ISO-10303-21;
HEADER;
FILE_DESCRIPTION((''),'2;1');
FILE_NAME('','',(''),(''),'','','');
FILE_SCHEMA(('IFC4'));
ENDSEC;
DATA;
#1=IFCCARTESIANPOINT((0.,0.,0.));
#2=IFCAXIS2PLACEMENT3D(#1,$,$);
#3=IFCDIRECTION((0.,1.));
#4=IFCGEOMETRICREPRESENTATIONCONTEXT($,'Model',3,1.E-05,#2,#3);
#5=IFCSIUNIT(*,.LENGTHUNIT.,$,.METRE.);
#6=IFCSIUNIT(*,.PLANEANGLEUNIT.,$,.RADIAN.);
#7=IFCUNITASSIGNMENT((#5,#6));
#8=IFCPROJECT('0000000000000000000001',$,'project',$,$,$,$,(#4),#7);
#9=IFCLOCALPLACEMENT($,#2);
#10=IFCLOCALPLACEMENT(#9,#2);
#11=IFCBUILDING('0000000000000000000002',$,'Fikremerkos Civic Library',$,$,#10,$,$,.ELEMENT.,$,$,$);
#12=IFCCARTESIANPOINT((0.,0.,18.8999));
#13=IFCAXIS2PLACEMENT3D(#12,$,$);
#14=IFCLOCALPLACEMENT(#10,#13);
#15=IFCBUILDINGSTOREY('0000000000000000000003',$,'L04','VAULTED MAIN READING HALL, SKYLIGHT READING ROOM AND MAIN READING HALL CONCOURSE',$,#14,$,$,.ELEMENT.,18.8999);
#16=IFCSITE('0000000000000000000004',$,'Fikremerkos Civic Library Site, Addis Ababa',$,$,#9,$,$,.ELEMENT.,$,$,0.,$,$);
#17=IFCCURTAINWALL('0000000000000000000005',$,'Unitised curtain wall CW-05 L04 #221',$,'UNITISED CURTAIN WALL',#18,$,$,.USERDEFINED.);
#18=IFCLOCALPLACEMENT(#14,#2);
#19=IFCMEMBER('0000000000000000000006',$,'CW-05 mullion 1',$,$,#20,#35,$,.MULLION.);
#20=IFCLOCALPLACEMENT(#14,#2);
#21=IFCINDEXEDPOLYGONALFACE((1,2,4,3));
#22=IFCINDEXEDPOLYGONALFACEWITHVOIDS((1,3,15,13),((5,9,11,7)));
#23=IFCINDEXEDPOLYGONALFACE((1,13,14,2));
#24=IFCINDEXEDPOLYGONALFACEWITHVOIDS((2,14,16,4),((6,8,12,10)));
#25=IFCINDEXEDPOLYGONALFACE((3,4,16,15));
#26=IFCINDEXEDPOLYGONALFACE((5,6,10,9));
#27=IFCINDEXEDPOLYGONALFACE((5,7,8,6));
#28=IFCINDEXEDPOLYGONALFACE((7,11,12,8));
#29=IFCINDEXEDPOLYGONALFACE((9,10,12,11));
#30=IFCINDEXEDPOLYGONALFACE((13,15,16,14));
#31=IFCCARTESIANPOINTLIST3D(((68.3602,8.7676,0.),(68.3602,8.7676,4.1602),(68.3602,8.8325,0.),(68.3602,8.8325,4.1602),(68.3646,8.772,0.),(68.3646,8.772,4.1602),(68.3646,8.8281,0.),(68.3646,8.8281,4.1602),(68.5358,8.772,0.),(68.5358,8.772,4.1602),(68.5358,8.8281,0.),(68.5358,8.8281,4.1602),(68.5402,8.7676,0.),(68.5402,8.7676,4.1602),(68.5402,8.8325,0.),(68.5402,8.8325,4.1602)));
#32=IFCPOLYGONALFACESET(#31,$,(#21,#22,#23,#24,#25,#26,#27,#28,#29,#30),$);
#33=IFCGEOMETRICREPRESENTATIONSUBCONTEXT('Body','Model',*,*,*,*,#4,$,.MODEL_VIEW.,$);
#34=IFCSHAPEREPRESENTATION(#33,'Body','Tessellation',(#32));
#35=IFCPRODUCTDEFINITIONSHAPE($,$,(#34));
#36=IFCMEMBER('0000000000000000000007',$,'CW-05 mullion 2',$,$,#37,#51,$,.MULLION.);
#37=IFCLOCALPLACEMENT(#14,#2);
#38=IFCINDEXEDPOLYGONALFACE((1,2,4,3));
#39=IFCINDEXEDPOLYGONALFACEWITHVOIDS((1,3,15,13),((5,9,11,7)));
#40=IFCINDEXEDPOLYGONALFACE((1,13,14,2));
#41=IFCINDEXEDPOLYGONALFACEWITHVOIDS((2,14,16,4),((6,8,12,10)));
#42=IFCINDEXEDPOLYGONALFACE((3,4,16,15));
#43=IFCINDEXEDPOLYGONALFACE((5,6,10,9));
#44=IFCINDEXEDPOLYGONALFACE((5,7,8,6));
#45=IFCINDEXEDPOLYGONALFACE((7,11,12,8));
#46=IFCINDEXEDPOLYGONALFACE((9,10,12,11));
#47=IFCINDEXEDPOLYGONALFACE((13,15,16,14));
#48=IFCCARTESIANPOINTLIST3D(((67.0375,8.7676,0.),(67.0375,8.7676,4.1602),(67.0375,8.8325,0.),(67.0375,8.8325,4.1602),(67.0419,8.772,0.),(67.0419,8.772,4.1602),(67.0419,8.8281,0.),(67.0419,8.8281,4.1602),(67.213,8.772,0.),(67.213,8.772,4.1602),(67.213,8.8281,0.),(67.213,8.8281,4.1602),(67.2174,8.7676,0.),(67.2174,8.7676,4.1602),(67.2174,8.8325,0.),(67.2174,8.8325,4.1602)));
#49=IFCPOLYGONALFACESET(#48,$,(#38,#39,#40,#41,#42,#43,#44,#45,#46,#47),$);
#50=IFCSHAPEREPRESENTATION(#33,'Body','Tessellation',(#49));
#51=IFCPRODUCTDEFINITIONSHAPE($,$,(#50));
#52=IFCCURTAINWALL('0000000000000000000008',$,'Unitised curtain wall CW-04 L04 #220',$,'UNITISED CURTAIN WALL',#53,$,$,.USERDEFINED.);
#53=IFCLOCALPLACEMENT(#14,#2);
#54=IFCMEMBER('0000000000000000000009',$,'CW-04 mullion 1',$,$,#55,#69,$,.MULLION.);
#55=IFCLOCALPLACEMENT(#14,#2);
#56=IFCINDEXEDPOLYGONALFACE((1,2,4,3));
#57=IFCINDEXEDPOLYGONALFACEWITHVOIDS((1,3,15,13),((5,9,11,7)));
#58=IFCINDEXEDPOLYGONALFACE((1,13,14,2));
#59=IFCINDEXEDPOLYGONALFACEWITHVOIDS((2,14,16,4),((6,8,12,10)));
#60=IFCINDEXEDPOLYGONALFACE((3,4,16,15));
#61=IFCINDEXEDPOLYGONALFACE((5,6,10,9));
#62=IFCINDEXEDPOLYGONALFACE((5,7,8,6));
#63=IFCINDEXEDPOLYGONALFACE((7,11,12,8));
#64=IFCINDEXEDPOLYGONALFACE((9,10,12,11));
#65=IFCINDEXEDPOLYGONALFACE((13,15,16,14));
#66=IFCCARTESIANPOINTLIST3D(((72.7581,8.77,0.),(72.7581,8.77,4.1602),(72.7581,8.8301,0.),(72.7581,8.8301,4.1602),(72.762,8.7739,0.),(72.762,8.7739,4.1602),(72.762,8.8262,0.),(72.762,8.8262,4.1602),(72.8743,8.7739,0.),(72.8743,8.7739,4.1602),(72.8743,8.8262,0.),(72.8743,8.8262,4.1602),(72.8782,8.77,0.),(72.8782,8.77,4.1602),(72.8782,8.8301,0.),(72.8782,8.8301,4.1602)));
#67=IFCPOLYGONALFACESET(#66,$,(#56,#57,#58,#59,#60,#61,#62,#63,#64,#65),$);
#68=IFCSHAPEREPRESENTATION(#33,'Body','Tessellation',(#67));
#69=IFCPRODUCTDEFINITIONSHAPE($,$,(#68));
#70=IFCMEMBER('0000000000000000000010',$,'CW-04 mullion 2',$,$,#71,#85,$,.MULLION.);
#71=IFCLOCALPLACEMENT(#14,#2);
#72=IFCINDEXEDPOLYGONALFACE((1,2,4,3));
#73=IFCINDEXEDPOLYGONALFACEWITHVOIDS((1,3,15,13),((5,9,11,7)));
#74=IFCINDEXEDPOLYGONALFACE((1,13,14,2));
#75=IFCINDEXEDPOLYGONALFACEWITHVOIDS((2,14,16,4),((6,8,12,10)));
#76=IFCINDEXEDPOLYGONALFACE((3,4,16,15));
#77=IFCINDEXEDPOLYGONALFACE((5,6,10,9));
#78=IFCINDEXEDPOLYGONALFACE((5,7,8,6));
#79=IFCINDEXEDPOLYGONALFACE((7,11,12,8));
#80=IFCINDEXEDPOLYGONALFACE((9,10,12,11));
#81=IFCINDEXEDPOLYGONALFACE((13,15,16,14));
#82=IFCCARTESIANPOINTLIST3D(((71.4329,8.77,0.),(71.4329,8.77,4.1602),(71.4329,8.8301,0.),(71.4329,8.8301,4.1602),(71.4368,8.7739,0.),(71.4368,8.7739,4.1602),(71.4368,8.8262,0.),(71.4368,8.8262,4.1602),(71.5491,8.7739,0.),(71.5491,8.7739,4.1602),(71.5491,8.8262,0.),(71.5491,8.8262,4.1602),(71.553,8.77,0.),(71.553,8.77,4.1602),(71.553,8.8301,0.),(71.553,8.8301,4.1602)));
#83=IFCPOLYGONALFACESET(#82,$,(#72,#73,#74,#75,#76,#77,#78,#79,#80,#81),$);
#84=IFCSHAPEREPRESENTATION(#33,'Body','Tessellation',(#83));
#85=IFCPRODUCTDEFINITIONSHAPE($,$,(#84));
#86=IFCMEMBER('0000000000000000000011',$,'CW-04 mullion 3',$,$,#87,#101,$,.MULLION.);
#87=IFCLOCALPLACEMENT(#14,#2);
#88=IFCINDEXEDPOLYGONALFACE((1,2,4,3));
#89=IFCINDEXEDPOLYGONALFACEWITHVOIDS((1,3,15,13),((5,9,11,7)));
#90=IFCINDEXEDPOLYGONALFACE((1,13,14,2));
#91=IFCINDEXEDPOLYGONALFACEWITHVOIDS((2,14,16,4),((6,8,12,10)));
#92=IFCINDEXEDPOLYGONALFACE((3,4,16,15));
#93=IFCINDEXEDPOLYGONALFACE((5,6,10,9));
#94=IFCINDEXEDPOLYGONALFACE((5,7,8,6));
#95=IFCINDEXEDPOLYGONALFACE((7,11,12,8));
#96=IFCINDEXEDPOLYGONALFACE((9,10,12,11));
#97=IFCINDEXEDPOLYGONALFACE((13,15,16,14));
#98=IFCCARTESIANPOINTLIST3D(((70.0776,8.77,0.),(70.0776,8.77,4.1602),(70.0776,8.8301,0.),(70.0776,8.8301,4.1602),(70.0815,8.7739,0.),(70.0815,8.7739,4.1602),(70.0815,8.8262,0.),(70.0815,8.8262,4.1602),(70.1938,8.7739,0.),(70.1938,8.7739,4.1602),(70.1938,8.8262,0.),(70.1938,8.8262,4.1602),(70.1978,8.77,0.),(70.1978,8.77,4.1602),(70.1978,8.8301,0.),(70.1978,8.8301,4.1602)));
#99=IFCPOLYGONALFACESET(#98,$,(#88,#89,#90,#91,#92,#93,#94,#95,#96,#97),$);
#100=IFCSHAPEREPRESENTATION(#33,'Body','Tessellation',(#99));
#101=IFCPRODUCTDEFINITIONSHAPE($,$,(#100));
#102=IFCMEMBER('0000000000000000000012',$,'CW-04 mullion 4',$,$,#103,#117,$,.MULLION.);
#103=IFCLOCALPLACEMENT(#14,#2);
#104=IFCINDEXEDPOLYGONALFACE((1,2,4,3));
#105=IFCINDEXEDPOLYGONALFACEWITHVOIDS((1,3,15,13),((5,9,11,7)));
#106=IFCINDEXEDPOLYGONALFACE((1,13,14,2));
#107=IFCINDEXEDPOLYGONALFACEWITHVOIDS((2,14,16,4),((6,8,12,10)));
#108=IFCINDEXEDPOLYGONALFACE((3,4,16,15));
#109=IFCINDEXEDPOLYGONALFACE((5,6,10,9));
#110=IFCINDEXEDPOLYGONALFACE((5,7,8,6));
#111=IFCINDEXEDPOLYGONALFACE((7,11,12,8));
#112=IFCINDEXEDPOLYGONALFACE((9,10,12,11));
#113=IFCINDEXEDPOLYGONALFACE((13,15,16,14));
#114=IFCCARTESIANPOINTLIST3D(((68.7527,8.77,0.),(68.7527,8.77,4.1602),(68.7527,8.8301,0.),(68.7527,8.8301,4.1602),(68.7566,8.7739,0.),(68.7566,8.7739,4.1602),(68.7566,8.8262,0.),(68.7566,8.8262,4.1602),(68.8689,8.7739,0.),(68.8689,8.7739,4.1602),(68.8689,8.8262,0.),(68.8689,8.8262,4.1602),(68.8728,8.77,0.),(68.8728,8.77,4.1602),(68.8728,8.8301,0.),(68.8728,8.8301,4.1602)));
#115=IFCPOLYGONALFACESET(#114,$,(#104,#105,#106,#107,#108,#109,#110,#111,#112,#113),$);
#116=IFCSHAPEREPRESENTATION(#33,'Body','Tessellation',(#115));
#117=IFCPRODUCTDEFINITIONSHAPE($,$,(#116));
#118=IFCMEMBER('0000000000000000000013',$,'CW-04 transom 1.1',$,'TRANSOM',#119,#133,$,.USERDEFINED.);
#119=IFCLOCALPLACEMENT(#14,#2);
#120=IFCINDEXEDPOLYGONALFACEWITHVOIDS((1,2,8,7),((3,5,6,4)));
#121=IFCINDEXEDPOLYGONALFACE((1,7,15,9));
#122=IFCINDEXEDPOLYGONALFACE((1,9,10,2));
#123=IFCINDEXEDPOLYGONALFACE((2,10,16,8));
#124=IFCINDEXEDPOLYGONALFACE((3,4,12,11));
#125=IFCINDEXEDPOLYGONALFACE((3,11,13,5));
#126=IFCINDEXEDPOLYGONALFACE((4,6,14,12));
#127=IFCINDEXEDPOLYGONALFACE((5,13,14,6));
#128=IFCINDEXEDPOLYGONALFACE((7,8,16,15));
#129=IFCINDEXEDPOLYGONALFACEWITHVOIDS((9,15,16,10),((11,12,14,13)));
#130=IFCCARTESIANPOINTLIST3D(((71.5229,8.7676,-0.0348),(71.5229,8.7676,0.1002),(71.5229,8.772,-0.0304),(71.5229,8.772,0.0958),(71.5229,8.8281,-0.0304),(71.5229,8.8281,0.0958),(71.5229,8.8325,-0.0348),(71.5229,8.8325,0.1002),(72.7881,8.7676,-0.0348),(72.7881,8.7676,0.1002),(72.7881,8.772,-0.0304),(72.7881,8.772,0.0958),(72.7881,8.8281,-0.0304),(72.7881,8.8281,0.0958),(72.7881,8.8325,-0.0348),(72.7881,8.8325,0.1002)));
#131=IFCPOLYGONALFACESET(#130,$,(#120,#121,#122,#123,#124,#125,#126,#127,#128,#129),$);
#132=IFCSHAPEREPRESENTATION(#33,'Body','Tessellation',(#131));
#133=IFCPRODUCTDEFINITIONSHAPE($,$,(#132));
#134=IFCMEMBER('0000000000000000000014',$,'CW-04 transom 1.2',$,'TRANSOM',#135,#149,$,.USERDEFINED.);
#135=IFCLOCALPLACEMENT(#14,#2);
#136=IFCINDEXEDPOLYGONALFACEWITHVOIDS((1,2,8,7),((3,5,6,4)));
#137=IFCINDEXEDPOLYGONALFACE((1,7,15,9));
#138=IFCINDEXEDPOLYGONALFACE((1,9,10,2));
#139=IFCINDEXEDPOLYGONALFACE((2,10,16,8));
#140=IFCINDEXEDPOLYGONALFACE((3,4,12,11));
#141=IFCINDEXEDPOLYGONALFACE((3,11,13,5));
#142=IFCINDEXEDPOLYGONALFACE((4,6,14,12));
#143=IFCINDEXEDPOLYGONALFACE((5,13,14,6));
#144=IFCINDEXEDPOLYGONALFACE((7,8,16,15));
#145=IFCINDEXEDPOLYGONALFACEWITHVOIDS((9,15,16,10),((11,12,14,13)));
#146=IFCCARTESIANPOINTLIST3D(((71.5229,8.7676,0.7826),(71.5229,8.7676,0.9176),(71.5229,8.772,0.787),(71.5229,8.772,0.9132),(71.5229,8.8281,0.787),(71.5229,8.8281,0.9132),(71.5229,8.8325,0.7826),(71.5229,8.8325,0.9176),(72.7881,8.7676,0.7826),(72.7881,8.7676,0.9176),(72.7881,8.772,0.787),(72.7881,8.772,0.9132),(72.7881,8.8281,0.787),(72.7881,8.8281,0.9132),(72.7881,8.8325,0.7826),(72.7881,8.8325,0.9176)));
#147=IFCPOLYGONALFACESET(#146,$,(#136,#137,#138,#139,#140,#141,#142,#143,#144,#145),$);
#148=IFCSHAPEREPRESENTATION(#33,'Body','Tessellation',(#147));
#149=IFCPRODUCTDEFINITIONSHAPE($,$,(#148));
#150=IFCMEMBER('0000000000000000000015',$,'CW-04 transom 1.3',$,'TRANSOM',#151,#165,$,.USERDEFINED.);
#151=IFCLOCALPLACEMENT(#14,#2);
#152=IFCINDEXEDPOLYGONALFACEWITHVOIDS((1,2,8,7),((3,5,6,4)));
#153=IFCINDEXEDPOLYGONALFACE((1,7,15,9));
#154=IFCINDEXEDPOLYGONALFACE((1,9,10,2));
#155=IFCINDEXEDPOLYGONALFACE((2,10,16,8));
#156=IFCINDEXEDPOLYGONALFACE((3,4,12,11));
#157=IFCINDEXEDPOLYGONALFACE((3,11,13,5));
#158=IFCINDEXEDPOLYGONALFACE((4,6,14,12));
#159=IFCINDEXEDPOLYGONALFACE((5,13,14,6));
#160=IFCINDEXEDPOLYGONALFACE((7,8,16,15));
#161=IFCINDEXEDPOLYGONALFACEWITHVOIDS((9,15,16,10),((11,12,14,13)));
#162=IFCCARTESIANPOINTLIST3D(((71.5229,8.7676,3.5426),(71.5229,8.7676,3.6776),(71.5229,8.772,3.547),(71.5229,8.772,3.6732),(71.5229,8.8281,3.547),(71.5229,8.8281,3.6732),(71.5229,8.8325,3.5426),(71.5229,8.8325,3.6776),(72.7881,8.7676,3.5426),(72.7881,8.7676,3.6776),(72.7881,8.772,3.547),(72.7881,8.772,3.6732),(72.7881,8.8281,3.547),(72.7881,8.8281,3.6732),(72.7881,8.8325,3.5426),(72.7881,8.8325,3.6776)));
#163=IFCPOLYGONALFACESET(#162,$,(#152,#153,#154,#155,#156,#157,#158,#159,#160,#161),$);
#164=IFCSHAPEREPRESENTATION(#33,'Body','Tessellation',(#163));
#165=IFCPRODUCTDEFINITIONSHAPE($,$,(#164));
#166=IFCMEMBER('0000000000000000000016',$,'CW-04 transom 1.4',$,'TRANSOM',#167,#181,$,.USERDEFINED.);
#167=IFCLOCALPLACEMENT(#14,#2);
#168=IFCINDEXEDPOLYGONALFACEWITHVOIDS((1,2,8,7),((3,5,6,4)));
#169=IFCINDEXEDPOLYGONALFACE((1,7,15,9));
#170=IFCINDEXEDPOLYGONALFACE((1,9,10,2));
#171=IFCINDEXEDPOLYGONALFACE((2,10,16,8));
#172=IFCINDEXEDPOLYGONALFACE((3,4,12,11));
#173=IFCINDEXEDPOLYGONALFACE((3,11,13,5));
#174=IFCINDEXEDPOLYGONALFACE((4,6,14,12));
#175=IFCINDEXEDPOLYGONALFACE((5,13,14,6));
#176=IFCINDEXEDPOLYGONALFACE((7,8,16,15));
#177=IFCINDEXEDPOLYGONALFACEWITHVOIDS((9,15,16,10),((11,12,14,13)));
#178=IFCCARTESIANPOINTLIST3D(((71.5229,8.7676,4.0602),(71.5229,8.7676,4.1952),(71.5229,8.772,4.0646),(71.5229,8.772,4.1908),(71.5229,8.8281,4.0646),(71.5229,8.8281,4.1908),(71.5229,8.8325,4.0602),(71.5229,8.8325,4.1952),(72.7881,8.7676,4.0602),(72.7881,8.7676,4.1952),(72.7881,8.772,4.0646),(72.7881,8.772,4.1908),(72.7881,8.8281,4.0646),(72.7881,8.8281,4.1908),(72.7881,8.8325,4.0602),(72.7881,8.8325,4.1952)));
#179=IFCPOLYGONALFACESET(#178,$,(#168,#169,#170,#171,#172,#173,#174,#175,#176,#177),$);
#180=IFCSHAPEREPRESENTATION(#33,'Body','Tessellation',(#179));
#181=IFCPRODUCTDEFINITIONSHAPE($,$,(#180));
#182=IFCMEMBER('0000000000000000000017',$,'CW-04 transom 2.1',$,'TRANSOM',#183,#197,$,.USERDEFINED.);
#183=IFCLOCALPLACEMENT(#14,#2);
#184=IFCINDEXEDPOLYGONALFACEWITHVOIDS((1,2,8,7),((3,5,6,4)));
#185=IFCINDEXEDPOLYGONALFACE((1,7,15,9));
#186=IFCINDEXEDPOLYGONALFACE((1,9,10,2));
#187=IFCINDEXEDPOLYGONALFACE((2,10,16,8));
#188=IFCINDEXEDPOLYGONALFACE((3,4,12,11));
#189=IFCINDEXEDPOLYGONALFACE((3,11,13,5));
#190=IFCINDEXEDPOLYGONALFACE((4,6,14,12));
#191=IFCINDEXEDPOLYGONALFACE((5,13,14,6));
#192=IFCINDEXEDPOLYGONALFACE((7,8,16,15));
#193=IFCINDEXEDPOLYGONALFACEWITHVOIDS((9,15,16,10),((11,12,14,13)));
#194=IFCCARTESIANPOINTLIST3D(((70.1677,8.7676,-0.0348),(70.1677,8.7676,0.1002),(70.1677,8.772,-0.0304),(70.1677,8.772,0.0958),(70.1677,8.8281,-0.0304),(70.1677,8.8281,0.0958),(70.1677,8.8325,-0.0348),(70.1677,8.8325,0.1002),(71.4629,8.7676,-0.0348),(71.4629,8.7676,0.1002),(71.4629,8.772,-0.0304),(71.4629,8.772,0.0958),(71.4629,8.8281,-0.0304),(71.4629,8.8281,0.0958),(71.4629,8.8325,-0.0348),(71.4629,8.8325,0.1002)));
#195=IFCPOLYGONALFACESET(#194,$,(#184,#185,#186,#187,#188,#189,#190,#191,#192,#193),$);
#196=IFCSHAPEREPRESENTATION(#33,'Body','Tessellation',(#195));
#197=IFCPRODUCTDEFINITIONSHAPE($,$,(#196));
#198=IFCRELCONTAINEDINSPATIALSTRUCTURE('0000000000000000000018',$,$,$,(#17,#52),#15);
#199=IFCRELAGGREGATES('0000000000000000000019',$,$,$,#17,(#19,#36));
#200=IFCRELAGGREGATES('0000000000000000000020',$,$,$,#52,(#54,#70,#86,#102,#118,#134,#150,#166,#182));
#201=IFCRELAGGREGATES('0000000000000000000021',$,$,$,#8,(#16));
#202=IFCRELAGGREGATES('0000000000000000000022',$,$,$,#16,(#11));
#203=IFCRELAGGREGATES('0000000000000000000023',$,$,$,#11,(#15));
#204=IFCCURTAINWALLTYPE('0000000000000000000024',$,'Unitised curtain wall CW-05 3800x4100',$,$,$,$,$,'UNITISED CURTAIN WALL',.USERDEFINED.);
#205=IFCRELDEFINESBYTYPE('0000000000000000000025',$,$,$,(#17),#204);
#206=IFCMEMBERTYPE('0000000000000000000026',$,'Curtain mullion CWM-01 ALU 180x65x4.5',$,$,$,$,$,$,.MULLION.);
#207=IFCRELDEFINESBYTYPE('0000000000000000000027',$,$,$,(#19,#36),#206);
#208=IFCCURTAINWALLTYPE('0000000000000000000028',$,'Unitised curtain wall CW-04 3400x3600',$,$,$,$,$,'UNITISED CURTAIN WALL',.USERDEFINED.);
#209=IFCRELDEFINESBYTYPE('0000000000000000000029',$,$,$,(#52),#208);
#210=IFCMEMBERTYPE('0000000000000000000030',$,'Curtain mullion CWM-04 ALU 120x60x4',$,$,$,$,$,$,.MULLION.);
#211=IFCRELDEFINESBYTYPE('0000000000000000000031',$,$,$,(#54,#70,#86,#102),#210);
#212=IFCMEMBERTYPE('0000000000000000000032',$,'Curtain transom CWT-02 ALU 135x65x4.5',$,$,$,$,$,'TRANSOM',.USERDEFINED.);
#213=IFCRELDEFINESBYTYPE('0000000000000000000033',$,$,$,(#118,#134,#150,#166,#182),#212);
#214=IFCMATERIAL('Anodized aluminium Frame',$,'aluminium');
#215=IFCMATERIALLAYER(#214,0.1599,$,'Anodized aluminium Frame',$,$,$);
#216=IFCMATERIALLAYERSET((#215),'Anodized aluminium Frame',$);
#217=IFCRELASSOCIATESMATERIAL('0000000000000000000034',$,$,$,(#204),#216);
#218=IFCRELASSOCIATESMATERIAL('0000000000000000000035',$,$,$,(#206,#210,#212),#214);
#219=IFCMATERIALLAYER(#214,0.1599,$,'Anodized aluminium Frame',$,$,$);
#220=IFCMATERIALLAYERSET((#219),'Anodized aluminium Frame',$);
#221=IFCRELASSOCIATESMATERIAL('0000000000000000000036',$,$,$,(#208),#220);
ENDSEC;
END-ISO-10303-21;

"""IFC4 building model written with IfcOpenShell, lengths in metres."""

from ifc_helpers import new_model, si_unit, direction, frame, origin, origin_2d, place, context, subcontext, project, spatial, hollow_rectangle, extrude, material, layer, layer_set, material_profile, profile_set, type_object, element, aggregate, save


model = new_model("IFC4")

# Units and contexts
model_context = context("Model", 3, precision=1e-05, world=origin(), true_north=direction((0.0, 1.0)))
body_context = subcontext(model_context, "Body", "Model", "MODEL_VIEW")
ifc_project = project(units=[si_unit("LENGTHUNIT", "METRE"), si_unit("PLANEANGLEUNIT", "RADIAN")], contexts=[model_context])

# Site, building, storey
site_placement = place(None, origin())
site = spatial("IfcSite", under=ifc_project, at=site_placement, Name="Fikremerkos Civic Library Site, Addis Ababa", CompositionType="ELEMENT", RefElevation=0.0)
building_placement = place(site_placement, origin())
building = spatial("IfcBuilding", under=site, at=building_placement, Name="Fikremerkos Civic Library", CompositionType="ELEMENT")
storey_placement = place(building_placement, frame((0.0, 0.0, 18.8999)))
storey = spatial("IfcBuildingStorey", under=building, at=storey_placement, Name="L04", Description="VAULTED MAIN READING HALL, SKYLIGHT READING ROOM AND MAIN READING HALL CONCOURSE", CompositionType="ELEMENT", Elevation=18.8999)

# Curtain walls, members
ifc_material_1 = material(Name="Anodized aluminium Frame", Category="aluminium")
ifc_layer_1 = layer(ifc_material_1, 0.1599, Name="Anodized aluminium Frame")
ifc_layer_set_1 = layer_set([ifc_layer_1], Name="Anodized aluminium Frame")
curtain_wall_type_1 = type_object("IfcCurtainWallType", Name="Unitised curtain wall CW-05 3800x4100", ElementType="UNITISED CURTAIN WALL", PredefinedType="USERDEFINED", material=ifc_layer_set_1)
curtain_wall_1_placement = place(storey_placement, origin())
curtain_wall_1 = element("IfcCurtainWall", 1, at=curtain_wall_1_placement, inside=storey, type_object=curtain_wall_type_1, Name="Unitised curtain wall CW-05 L04 #221", ObjectType="UNITISED CURTAIN WALL", PredefinedType="USERDEFINED")
ifc_material_profile_1 = material_profile(ifc_material_1, hollow_rectangle(XDim=0.0649, YDim=0.1799, WallThickness=0.0044, at=origin_2d()), Name="ALU 180x65x4.5")
ifc_profile_set_1 = profile_set([ifc_material_profile_1], Name="Anodized aluminium Frame")
member_type_1 = type_object("IfcMemberType", Name="Curtain mullion CWM-01 ALU 180x65x4.5", PredefinedType="MULLION", material=ifc_profile_set_1)
member_1_placement = place(storey_placement, frame((68.4502, 8.8, 0.0), z_axis=(0.0, 0.0, 1.0), x_axis=(0.0, -1.0, 0.0)))
member_1 = element("IfcMember", 2, at=member_1_placement, type_object=member_type_1, Name="CW-05 mullion 1", PredefinedType="MULLION", context=body_context, shape_type="SweptSolid", body=[
    extrude(hollow_rectangle(XDim=0.0649, YDim=0.1799, WallThickness=0.0044, at=origin_2d()), origin(), (0.0, 0.0, 1.0), 4.1602),
])
member_2_placement = place(storey_placement, frame((67.1274, 8.8, 0.0), z_axis=(0.0, 0.0, 1.0), x_axis=(0.0, -1.0, 0.0)))
member_2 = element("IfcMember", 3, at=member_2_placement, type_object=member_type_1, Name="CW-05 mullion 2", PredefinedType="MULLION", context=body_context, shape_type="SweptSolid", body=[
    extrude(hollow_rectangle(XDim=0.0649, YDim=0.1799, WallThickness=0.0044, at=origin_2d()), origin(), (0.0, 0.0, 1.0), 4.1602),
])
ifc_layer_2 = layer(ifc_material_1, 0.1599, Name="Anodized aluminium Frame")
ifc_layer_set_2 = layer_set([ifc_layer_2], Name="Anodized aluminium Frame")
curtain_wall_type_2 = type_object("IfcCurtainWallType", Name="Unitised curtain wall CW-04 3400x3600", ElementType="UNITISED CURTAIN WALL", PredefinedType="USERDEFINED", material=ifc_layer_set_2)
curtain_wall_2_placement = place(storey_placement, origin())
curtain_wall_2 = element("IfcCurtainWall", 4, at=curtain_wall_2_placement, inside=storey, type_object=curtain_wall_type_2, Name="Unitised curtain wall CW-04 L04 #220", ObjectType="UNITISED CURTAIN WALL", PredefinedType="USERDEFINED")
ifc_material_profile_2 = material_profile(ifc_material_1, hollow_rectangle(XDim=0.0601, YDim=0.1201, WallThickness=0.0039, at=origin_2d()), Name="ALU 120x60x4")
ifc_profile_set_2 = profile_set([ifc_material_profile_2], Name="Anodized aluminium Frame")
member_type_2 = type_object("IfcMemberType", Name="Curtain mullion CWM-04 ALU 120x60x4", PredefinedType="MULLION", material=ifc_profile_set_2)
member_3_placement = place(storey_placement, frame((72.8181, 8.8, 0.0), z_axis=(0.0, 0.0, 1.0), x_axis=(0.0, -1.0, 0.0)))
member_3 = element("IfcMember", 5, at=member_3_placement, type_object=member_type_2, Name="CW-04 mullion 1", PredefinedType="MULLION", context=body_context, shape_type="SweptSolid", body=[
    extrude(hollow_rectangle(XDim=0.0601, YDim=0.1201, WallThickness=0.0039, at=origin_2d()), origin(), (0.0, 0.0, 1.0), 4.1602),
])
member_4_placement = place(storey_placement, frame((71.4929, 8.8, 0.0), z_axis=(0.0, 0.0, 1.0), x_axis=(0.0, -1.0, 0.0)))
member_4 = element("IfcMember", 6, at=member_4_placement, type_object=member_type_2, Name="CW-04 mullion 2", PredefinedType="MULLION", context=body_context, shape_type="SweptSolid", body=[
    extrude(hollow_rectangle(XDim=0.0601, YDim=0.1201, WallThickness=0.0039, at=origin_2d()), origin(), (0.0, 0.0, 1.0), 4.1602),
])
member_5_placement = place(storey_placement, frame((70.1377, 8.8, 0.0), z_axis=(0.0, 0.0, 1.0), x_axis=(0.0, -1.0, 0.0)))
member_5 = element("IfcMember", 7, at=member_5_placement, type_object=member_type_2, Name="CW-04 mullion 3", PredefinedType="MULLION", context=body_context, shape_type="SweptSolid", body=[
    extrude(hollow_rectangle(XDim=0.0601, YDim=0.1201, WallThickness=0.0039, at=origin_2d()), origin(), (0.0, 0.0, 1.0), 4.1602),
])
member_6_placement = place(storey_placement, frame((68.8127, 8.8, 0.0), z_axis=(0.0, 0.0, 1.0), x_axis=(0.0, -1.0, 0.0)))
member_6 = element("IfcMember", 8, at=member_6_placement, type_object=member_type_2, Name="CW-04 mullion 4", PredefinedType="MULLION", context=body_context, shape_type="SweptSolid", body=[
    extrude(hollow_rectangle(XDim=0.0601, YDim=0.1201, WallThickness=0.0039, at=origin_2d()), origin(), (0.0, 0.0, 1.0), 4.1602),
])
ifc_material_profile_3 = material_profile(ifc_material_1, hollow_rectangle(XDim=0.0649, YDim=0.135, WallThickness=0.0044, at=origin_2d()), Name="ALU 135x65x4.5")
ifc_profile_set_3 = profile_set([ifc_material_profile_3], Name="Anodized aluminium Frame")
member_type_3 = type_object("IfcMemberType", Name="Curtain transom CWT-02 ALU 135x65x4.5", ElementType="TRANSOM", PredefinedType="USERDEFINED", material=ifc_profile_set_3)
member_7_placement = place(storey_placement, frame((72.7881, 8.8, 0.0327), z_axis=(-1.0, 0.0, 0.0), x_axis=(0.0, -1.0, 0.0)))
member_7 = element("IfcMember", 9, at=member_7_placement, type_object=member_type_3, Name="CW-04 transom 1.1", ObjectType="TRANSOM", PredefinedType="USERDEFINED", context=body_context, shape_type="SweptSolid", body=[
    extrude(hollow_rectangle(XDim=0.0649, YDim=0.135, WallThickness=0.0044, at=origin_2d()), origin(), (0.0, 0.0, 1.0), 1.2651),
])
member_8_placement = place(storey_placement, frame((72.7881, 8.8, 0.8501), z_axis=(-1.0, 0.0, 0.0), x_axis=(0.0, -1.0, 0.0)))
member_8 = element("IfcMember", 10, at=member_8_placement, type_object=member_type_3, Name="CW-04 transom 1.2", ObjectType="TRANSOM", PredefinedType="USERDEFINED", context=body_context, shape_type="SweptSolid", body=[
    extrude(hollow_rectangle(XDim=0.0649, YDim=0.135, WallThickness=0.0044, at=origin_2d()), origin(), (0.0, 0.0, 1.0), 1.2651),
])
member_9_placement = place(storey_placement, frame((72.7881, 8.8, 3.6101), z_axis=(-1.0, 0.0, 0.0), x_axis=(0.0, -1.0, 0.0)))
member_9 = element("IfcMember", 11, at=member_9_placement, type_object=member_type_3, Name="CW-04 transom 1.3", ObjectType="TRANSOM", PredefinedType="USERDEFINED", context=body_context, shape_type="SweptSolid", body=[
    extrude(hollow_rectangle(XDim=0.0649, YDim=0.135, WallThickness=0.0044, at=origin_2d()), origin(), (0.0, 0.0, 1.0), 1.2651),
])
member_10_placement = place(storey_placement, frame((72.7881, 8.8, 4.1277), z_axis=(-1.0, 0.0, 0.0), x_axis=(0.0, -1.0, 0.0)))
member_10 = element("IfcMember", 12, at=member_10_placement, type_object=member_type_3, Name="CW-04 transom 1.4", ObjectType="TRANSOM", PredefinedType="USERDEFINED", context=body_context, shape_type="SweptSolid", body=[
    extrude(hollow_rectangle(XDim=0.0649, YDim=0.135, WallThickness=0.0044, at=origin_2d()), origin(), (0.0, 0.0, 1.0), 1.2651),
])
member_11_placement = place(storey_placement, frame((71.4629, 8.8, 0.0327), z_axis=(-1.0, 0.0, 0.0), x_axis=(0.0, -1.0, 0.0)))
member_11 = element("IfcMember", 13, at=member_11_placement, type_object=member_type_3, Name="CW-04 transom 2.1", ObjectType="TRANSOM", PredefinedType="USERDEFINED", context=body_context, shape_type="SweptSolid", body=[
    extrude(hollow_rectangle(XDim=0.0649, YDim=0.135, WallThickness=0.0044, at=origin_2d()), origin(), (0.0, 0.0, 1.0), 1.2952),
])

aggregate(curtain_wall_1, [member_1, member_2])
aggregate(curtain_wall_2, [member_3, member_4, member_5, member_6, member_7, member_8, member_9, member_10, member_11])

save(model, "model.ifc")
